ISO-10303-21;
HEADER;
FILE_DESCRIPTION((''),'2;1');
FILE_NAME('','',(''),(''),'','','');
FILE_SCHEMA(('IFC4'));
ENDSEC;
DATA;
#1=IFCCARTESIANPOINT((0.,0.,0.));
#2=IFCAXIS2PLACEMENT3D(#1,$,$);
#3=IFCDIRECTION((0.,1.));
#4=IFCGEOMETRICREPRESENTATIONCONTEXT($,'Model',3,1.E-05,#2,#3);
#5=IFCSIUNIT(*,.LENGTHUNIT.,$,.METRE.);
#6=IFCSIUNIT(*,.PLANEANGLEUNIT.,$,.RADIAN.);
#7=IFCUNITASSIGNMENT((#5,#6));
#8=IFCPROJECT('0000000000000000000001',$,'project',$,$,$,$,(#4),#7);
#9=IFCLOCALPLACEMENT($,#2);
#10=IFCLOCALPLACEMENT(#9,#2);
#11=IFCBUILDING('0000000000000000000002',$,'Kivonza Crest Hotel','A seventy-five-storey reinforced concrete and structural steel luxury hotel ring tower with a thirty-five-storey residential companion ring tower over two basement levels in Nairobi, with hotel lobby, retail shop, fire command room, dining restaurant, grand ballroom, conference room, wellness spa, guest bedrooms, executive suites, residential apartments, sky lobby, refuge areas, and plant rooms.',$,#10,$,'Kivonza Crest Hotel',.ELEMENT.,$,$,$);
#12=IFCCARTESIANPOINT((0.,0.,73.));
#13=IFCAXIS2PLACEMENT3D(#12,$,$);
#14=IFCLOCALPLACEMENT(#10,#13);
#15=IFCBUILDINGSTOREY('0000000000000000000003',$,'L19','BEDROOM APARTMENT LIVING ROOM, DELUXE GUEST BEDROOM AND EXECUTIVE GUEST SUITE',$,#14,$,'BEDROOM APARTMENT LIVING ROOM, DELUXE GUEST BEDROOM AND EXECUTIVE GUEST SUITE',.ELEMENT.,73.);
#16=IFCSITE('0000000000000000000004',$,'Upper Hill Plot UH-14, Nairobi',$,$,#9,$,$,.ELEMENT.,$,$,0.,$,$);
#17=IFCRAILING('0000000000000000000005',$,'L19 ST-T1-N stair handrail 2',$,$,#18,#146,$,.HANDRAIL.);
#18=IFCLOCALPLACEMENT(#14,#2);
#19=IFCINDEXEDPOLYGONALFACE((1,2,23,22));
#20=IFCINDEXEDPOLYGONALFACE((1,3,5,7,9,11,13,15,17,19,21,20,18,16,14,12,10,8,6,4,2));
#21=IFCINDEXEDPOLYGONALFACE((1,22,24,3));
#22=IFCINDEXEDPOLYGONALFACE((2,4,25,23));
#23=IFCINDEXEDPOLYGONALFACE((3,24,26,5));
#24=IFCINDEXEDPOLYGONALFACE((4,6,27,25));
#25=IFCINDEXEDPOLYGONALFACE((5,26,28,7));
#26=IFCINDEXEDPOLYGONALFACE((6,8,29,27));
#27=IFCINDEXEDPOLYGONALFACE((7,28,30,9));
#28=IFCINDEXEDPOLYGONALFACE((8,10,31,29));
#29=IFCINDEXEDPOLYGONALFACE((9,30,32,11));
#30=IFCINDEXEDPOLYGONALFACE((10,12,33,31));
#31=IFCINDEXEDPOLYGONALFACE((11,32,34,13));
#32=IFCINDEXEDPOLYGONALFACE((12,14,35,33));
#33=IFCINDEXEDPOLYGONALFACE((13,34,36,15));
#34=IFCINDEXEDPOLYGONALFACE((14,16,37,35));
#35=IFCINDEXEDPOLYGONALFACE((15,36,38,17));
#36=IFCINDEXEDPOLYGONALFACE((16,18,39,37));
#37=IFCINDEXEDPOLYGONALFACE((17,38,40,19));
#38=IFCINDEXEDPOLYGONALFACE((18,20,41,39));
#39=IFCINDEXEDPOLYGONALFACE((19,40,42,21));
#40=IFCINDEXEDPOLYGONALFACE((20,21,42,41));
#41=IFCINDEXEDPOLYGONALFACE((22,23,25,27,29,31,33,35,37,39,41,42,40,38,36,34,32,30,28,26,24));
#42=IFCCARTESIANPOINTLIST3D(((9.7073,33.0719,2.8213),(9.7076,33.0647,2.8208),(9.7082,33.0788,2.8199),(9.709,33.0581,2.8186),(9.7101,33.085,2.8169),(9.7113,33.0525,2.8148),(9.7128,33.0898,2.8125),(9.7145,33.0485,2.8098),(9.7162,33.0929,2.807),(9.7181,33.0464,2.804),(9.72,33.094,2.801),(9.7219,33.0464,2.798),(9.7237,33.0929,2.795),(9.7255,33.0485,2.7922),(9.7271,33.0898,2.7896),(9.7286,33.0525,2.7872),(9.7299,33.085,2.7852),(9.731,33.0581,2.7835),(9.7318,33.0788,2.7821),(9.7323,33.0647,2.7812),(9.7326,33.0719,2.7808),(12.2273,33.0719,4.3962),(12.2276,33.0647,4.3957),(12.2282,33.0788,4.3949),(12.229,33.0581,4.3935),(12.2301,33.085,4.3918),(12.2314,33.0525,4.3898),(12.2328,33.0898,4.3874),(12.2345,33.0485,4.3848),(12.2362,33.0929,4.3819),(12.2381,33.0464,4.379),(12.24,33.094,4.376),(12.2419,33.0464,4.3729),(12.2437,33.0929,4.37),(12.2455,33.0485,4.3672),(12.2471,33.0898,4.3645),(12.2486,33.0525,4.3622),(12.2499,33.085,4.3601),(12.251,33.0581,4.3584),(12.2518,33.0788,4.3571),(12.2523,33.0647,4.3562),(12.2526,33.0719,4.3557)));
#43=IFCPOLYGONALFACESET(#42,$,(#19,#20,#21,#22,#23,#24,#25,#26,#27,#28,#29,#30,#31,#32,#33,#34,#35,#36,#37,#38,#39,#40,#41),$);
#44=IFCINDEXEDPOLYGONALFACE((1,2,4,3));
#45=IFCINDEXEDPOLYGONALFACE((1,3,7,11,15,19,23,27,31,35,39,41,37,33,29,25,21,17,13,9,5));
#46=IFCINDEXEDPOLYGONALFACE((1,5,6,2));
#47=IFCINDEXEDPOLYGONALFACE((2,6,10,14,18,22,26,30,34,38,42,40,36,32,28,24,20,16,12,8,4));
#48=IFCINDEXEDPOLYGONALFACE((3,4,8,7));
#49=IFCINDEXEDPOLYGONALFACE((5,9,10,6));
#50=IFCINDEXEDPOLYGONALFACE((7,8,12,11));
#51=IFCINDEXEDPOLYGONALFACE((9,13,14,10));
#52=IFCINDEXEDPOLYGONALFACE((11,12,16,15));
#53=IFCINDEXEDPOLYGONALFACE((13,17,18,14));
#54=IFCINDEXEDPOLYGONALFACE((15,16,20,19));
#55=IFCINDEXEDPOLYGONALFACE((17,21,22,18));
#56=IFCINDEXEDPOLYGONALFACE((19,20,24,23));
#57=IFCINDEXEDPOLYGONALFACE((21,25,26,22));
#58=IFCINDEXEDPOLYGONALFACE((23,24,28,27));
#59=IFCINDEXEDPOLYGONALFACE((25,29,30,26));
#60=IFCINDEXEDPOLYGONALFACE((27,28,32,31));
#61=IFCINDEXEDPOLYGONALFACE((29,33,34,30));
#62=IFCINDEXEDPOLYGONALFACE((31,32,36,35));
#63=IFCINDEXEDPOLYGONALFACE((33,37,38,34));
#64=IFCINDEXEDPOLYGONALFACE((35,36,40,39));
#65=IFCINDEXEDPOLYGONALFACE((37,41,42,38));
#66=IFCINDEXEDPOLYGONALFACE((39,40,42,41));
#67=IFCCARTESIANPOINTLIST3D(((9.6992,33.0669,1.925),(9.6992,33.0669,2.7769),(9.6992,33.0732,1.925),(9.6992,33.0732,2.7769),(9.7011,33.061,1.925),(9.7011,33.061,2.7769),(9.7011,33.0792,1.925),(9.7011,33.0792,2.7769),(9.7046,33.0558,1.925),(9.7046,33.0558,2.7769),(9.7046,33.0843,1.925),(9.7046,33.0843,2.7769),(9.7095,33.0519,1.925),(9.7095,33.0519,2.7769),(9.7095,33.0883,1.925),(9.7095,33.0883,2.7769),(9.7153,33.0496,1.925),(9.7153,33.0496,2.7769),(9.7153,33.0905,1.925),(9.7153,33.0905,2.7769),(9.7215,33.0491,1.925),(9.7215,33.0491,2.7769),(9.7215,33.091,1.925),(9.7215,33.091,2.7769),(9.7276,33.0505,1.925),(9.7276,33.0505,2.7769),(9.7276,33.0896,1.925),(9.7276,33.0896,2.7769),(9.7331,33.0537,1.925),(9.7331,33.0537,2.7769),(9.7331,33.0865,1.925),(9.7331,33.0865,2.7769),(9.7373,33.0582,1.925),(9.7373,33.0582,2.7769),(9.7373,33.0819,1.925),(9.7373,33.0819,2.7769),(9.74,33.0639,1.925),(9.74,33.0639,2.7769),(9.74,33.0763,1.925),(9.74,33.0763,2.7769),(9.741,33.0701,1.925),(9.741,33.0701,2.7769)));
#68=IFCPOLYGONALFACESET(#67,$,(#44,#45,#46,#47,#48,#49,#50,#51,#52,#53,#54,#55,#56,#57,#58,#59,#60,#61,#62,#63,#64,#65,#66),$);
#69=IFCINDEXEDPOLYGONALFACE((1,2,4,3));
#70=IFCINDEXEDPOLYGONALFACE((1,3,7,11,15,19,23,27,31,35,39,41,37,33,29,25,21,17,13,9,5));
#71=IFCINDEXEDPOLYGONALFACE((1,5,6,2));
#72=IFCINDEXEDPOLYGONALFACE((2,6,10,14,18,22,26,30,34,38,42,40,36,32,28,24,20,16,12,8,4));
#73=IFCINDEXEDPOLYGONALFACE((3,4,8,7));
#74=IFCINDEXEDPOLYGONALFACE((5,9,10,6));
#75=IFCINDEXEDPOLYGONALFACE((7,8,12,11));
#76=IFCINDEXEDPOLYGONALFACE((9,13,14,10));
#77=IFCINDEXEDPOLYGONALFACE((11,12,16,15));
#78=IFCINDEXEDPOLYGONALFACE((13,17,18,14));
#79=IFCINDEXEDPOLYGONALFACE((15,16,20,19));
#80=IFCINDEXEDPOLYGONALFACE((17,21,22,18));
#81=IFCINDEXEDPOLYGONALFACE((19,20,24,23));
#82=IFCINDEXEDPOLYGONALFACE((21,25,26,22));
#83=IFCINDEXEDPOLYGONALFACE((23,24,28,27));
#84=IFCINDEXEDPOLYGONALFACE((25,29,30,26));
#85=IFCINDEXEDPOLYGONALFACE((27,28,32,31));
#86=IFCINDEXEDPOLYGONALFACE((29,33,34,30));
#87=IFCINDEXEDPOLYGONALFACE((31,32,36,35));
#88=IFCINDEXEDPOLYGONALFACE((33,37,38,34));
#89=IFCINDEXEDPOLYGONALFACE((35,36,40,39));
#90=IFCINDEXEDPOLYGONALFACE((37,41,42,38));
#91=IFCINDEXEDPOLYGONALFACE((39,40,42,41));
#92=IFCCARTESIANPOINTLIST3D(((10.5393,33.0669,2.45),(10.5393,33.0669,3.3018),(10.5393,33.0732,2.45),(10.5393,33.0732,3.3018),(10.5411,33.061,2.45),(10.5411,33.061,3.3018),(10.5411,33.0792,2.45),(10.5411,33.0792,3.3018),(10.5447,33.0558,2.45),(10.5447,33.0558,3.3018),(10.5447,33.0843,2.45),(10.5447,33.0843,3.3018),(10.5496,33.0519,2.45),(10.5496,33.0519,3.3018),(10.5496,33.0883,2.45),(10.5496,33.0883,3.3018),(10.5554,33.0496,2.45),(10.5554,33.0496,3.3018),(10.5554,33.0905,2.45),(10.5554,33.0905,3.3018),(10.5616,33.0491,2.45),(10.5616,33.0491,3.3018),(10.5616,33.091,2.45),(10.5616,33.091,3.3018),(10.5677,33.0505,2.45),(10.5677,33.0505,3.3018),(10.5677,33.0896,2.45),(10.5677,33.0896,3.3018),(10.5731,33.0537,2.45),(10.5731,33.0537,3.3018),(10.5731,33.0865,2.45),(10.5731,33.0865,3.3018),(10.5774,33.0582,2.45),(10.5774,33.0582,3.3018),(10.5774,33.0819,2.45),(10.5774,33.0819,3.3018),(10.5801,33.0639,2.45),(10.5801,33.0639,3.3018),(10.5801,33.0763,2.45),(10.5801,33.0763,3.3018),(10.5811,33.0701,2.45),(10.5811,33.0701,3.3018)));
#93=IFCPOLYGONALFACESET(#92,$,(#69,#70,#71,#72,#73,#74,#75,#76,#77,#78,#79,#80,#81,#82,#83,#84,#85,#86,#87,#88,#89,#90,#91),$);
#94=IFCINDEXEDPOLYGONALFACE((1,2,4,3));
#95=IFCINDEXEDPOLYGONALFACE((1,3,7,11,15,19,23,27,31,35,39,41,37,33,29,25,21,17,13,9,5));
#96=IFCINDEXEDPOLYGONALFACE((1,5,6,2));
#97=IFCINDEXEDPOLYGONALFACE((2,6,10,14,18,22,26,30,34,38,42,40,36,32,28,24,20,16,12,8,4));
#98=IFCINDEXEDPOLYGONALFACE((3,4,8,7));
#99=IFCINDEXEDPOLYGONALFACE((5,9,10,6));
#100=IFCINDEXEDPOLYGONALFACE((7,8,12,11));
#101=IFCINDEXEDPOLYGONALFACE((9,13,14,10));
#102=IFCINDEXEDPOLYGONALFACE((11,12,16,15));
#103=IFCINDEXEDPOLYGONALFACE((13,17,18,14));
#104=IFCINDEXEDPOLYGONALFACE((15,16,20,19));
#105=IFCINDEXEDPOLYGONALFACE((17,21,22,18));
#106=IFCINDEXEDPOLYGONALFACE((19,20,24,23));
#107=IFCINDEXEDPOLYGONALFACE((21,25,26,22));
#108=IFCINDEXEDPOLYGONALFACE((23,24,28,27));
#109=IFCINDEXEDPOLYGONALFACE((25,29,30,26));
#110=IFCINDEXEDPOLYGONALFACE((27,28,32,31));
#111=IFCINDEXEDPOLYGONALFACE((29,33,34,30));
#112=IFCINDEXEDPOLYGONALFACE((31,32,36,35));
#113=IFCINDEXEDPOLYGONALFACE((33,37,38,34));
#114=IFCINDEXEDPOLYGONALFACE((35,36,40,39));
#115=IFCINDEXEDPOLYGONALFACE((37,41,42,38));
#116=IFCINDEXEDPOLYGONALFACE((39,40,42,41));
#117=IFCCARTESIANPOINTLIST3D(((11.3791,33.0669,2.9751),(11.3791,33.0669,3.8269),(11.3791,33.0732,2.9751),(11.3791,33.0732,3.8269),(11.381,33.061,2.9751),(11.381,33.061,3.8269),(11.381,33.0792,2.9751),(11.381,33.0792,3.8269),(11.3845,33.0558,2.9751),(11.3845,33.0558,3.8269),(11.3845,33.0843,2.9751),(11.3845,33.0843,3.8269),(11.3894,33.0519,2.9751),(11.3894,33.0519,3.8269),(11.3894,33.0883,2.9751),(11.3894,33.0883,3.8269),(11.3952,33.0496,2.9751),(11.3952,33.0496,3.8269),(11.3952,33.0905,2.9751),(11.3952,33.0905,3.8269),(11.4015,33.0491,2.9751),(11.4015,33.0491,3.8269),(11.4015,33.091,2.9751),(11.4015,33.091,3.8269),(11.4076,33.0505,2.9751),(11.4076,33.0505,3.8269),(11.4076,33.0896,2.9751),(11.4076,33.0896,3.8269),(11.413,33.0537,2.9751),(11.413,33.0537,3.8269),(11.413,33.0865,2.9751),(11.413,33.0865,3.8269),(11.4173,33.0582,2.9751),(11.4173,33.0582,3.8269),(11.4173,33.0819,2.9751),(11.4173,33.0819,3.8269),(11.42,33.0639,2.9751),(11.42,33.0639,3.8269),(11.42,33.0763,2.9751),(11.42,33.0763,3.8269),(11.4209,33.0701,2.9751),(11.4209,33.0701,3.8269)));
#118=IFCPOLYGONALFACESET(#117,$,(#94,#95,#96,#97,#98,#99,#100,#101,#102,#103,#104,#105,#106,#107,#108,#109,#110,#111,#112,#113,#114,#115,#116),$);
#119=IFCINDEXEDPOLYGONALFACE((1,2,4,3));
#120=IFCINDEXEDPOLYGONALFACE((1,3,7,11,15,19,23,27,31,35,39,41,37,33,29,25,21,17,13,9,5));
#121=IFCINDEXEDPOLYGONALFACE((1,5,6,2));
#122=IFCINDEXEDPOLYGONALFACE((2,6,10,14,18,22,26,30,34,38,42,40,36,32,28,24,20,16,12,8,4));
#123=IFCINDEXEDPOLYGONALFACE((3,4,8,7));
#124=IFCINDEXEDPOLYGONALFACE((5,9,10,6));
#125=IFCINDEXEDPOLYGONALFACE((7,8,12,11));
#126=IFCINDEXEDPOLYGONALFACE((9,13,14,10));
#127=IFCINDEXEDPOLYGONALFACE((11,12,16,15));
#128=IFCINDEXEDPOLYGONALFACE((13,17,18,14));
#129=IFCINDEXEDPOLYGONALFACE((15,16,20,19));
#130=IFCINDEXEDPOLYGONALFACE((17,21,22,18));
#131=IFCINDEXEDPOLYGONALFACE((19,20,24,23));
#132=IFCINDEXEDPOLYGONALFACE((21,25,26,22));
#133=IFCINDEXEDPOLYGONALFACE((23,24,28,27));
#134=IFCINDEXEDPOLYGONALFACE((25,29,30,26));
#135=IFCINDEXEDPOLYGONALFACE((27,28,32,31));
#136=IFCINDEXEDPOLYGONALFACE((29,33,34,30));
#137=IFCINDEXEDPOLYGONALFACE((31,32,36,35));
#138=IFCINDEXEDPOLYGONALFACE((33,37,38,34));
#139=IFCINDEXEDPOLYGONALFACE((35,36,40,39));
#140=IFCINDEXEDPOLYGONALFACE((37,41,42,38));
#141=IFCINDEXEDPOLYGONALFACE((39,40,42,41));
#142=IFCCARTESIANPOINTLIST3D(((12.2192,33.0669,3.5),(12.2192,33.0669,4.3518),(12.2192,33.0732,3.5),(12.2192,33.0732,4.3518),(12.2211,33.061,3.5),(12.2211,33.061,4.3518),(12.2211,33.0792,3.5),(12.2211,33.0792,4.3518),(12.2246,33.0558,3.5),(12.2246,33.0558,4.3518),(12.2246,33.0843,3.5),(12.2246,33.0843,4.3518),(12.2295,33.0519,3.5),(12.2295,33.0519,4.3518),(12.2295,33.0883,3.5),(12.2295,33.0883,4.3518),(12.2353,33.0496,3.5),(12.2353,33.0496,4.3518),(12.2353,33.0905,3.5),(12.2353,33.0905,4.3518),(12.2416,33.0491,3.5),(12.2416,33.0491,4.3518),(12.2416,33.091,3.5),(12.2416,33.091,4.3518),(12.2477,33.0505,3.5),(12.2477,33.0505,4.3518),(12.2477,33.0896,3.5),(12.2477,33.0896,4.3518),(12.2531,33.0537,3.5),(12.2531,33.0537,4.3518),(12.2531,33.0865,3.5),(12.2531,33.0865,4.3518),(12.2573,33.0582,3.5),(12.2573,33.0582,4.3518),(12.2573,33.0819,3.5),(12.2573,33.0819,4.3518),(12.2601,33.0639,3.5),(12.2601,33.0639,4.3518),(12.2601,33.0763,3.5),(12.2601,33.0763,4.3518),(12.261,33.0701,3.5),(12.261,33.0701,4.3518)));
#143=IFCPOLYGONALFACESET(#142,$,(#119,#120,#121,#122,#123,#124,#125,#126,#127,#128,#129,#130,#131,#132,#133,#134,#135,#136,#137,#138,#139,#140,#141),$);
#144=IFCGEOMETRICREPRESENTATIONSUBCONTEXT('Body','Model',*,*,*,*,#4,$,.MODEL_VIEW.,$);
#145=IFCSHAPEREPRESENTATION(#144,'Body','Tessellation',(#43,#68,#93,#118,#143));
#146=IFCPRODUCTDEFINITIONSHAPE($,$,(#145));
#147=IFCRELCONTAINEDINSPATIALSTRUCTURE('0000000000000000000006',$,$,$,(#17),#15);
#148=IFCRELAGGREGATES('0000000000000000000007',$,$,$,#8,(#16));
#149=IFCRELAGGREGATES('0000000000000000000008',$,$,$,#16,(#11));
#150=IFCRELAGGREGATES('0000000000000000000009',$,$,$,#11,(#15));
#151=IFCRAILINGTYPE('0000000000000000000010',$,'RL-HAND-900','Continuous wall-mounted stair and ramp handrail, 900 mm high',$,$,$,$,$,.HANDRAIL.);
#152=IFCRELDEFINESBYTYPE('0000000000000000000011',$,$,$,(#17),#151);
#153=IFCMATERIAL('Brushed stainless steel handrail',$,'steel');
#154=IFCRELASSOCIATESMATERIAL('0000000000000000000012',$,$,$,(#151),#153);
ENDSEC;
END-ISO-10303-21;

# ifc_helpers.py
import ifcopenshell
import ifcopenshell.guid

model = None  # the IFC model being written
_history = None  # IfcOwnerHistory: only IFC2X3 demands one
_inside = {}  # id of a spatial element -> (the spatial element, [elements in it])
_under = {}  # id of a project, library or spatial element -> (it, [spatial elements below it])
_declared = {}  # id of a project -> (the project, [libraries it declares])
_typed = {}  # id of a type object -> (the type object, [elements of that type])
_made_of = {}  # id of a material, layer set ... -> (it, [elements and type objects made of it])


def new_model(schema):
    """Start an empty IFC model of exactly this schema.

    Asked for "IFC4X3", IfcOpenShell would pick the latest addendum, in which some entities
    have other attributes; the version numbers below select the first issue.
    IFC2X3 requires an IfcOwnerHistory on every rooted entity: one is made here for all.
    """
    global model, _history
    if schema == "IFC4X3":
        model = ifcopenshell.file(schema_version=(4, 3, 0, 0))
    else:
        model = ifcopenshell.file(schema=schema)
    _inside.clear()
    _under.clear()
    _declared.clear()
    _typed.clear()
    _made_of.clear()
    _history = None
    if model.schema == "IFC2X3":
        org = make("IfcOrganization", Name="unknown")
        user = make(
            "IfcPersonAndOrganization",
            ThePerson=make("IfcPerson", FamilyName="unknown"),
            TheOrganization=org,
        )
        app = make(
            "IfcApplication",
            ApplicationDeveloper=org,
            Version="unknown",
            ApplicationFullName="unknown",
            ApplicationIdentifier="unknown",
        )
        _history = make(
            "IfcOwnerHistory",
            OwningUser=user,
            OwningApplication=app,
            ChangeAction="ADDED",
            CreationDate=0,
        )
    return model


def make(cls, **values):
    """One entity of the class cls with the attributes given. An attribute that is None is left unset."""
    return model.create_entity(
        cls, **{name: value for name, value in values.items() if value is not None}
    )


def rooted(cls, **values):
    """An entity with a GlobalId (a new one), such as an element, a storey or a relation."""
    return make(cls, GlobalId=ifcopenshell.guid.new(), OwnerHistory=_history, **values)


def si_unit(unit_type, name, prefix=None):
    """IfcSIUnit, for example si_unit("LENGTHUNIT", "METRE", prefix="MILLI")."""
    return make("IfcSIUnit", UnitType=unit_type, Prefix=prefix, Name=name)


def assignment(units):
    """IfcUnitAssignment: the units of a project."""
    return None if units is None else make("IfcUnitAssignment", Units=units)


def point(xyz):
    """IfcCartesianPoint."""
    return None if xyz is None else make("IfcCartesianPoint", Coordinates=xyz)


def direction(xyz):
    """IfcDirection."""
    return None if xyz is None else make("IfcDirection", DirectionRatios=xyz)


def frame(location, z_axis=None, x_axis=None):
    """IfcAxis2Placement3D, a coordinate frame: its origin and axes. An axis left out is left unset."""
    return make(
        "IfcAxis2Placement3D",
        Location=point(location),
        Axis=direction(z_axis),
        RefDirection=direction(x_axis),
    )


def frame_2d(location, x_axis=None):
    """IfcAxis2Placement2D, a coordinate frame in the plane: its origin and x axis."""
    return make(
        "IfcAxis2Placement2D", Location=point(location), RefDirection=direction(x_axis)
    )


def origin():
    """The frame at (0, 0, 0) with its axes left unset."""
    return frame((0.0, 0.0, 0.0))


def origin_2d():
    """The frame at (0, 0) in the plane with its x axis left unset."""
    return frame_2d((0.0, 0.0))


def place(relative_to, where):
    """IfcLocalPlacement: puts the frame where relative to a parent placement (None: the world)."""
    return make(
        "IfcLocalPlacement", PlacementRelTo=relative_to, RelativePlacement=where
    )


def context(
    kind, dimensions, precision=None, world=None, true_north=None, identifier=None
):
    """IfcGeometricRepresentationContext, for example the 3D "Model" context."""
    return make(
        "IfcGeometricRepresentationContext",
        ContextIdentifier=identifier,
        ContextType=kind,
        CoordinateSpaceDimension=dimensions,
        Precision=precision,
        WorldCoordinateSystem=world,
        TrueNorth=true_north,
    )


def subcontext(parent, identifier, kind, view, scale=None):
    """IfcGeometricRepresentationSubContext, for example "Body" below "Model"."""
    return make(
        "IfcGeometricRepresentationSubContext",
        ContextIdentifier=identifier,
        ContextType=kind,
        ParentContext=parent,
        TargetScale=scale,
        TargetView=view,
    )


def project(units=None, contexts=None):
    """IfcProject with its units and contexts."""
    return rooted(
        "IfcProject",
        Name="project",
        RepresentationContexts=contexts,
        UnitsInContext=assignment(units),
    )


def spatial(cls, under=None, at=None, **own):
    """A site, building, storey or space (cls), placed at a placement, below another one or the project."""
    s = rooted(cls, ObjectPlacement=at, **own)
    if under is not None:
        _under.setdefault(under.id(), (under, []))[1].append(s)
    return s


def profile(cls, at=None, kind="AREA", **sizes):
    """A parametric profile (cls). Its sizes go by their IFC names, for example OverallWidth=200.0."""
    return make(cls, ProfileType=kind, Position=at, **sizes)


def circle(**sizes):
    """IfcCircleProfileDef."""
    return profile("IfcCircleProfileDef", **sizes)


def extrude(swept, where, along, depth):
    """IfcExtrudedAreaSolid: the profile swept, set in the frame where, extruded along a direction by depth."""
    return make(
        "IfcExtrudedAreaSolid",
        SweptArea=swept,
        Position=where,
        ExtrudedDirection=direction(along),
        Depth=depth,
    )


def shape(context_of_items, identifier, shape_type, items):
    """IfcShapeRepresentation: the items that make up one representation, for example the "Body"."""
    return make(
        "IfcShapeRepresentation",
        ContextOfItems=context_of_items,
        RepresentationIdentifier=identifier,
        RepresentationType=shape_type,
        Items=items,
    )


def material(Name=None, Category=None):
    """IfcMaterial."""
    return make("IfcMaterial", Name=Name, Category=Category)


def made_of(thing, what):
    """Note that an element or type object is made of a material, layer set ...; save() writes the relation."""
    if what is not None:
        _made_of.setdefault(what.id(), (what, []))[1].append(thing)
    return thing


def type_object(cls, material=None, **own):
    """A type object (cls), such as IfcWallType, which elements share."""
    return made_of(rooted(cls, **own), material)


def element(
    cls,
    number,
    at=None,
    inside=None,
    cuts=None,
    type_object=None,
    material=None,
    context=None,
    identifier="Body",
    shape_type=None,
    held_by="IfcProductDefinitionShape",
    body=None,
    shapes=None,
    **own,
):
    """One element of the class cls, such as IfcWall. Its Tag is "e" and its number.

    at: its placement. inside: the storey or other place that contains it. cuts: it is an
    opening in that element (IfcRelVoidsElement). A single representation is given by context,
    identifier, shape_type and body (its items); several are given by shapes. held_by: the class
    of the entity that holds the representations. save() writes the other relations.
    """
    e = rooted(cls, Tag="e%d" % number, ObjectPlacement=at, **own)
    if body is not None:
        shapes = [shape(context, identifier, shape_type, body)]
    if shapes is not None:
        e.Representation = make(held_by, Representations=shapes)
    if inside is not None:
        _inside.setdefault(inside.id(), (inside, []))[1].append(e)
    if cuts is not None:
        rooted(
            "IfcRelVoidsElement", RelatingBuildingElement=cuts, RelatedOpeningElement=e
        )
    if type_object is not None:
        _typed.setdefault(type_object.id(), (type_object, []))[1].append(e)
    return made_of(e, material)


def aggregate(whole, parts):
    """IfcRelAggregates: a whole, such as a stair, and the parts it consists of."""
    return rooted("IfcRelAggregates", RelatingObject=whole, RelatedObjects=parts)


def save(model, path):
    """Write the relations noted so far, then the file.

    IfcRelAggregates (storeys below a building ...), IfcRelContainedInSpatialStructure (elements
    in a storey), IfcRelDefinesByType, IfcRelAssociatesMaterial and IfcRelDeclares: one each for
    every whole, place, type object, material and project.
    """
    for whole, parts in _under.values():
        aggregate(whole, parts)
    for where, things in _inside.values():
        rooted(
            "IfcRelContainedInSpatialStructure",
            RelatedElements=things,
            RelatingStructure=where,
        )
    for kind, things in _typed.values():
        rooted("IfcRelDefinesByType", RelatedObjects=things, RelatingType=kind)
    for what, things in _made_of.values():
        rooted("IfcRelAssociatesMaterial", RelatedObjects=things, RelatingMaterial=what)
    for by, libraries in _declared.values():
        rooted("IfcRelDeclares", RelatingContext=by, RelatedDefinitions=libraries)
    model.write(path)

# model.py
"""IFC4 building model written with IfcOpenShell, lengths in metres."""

from ifc_helpers import new_model, si_unit, direction, frame, origin, origin_2d, place, context, subcontext, project, spatial, circle, extrude, material, type_object, element, save


model = new_model("IFC4")

# Units and contexts
model_context = context("Model", 3, precision=1e-05, world=origin(), true_north=direction((0.0, 1.0)))
body_context = subcontext(model_context, "Body", "Model", "MODEL_VIEW")
ifc_project = project(units=[si_unit("LENGTHUNIT", "METRE"), si_unit("PLANEANGLEUNIT", "RADIAN")], contexts=[model_context])

# Site, building, storey
site_placement = place(None, origin())
site = spatial("IfcSite", under=ifc_project, at=site_placement, Name="Upper Hill Plot UH-14, Nairobi", CompositionType="ELEMENT", RefElevation=0.0)
building_placement = place(site_placement, origin())
building = spatial("IfcBuilding", under=site, at=building_placement, Name="Kivonza Crest Hotel", Description="A seventy-five-storey reinforced concrete and structural steel luxury hotel ring tower with a thirty-five-storey residential companion ring tower over two basement levels in Nairobi, with hotel lobby, retail shop, fire command room, dining restaurant, grand ballroom, conference room, wellness spa, guest bedrooms, executive suites, residential apartments, sky lobby, refuge areas, and plant rooms.", LongName="Kivonza Crest Hotel", CompositionType="ELEMENT")
storey_placement = place(building_placement, frame((0.0, 0.0, 73.0)))
storey = spatial("IfcBuildingStorey", under=building, at=storey_placement, Name="L19", Description="BEDROOM APARTMENT LIVING ROOM, DELUXE GUEST BEDROOM AND EXECUTIVE GUEST SUITE", LongName="BEDROOM APARTMENT LIVING ROOM, DELUXE GUEST BEDROOM AND EXECUTIVE GUEST SUITE", CompositionType="ELEMENT", Elevation=73.0)

# Railing
ifc_material_1 = material(Name="Brushed stainless steel handrail", Category="steel")
railing_type_1 = type_object("IfcRailingType", Name="RL-HAND-900", Description="Continuous wall-mounted stair and ramp handrail, 900 mm high", PredefinedType="HANDRAIL", material=ifc_material_1)
railing_1_placement = place(storey_placement, frame((9.72, 33.0701, 1.925)))
element("IfcRailing", 1, at=railing_1_placement, inside=storey, type_object=railing_type_1, Name="L19 ST-T1-N stair handrail 2", PredefinedType="HANDRAIL", context=body_context, shape_type="SweptSolid", body=[
    extrude(circle(Radius=0.0239, at=origin_2d()), frame((0.0, 0.0, 0.876), z_axis=(0.848008, 0.0, 0.529984), x_axis=(0.0, 1.0, 0.0)), (0.0, 0.0, 1.0), 2.9717),
    extrude(circle(Radius=0.021, at=origin_2d()), origin(), (0.0, 0.0, 1.0), 0.8518),
    extrude(circle(Radius=0.021, at=origin_2d()), frame((0.8401, 0.0, 0.5249)), (0.0, 0.0, 1.0), 0.8518),
    extrude(circle(Radius=0.021, at=origin_2d()), frame((1.6799, 0.0, 1.05)), (0.0, 0.0, 1.0), 0.8518),
    extrude(circle(Radius=0.021, at=origin_2d()), frame((2.52, 0.0, 1.575)), (0.0, 0.0, 1.0), 0.8518),
])

save(model, "model.ifc")
